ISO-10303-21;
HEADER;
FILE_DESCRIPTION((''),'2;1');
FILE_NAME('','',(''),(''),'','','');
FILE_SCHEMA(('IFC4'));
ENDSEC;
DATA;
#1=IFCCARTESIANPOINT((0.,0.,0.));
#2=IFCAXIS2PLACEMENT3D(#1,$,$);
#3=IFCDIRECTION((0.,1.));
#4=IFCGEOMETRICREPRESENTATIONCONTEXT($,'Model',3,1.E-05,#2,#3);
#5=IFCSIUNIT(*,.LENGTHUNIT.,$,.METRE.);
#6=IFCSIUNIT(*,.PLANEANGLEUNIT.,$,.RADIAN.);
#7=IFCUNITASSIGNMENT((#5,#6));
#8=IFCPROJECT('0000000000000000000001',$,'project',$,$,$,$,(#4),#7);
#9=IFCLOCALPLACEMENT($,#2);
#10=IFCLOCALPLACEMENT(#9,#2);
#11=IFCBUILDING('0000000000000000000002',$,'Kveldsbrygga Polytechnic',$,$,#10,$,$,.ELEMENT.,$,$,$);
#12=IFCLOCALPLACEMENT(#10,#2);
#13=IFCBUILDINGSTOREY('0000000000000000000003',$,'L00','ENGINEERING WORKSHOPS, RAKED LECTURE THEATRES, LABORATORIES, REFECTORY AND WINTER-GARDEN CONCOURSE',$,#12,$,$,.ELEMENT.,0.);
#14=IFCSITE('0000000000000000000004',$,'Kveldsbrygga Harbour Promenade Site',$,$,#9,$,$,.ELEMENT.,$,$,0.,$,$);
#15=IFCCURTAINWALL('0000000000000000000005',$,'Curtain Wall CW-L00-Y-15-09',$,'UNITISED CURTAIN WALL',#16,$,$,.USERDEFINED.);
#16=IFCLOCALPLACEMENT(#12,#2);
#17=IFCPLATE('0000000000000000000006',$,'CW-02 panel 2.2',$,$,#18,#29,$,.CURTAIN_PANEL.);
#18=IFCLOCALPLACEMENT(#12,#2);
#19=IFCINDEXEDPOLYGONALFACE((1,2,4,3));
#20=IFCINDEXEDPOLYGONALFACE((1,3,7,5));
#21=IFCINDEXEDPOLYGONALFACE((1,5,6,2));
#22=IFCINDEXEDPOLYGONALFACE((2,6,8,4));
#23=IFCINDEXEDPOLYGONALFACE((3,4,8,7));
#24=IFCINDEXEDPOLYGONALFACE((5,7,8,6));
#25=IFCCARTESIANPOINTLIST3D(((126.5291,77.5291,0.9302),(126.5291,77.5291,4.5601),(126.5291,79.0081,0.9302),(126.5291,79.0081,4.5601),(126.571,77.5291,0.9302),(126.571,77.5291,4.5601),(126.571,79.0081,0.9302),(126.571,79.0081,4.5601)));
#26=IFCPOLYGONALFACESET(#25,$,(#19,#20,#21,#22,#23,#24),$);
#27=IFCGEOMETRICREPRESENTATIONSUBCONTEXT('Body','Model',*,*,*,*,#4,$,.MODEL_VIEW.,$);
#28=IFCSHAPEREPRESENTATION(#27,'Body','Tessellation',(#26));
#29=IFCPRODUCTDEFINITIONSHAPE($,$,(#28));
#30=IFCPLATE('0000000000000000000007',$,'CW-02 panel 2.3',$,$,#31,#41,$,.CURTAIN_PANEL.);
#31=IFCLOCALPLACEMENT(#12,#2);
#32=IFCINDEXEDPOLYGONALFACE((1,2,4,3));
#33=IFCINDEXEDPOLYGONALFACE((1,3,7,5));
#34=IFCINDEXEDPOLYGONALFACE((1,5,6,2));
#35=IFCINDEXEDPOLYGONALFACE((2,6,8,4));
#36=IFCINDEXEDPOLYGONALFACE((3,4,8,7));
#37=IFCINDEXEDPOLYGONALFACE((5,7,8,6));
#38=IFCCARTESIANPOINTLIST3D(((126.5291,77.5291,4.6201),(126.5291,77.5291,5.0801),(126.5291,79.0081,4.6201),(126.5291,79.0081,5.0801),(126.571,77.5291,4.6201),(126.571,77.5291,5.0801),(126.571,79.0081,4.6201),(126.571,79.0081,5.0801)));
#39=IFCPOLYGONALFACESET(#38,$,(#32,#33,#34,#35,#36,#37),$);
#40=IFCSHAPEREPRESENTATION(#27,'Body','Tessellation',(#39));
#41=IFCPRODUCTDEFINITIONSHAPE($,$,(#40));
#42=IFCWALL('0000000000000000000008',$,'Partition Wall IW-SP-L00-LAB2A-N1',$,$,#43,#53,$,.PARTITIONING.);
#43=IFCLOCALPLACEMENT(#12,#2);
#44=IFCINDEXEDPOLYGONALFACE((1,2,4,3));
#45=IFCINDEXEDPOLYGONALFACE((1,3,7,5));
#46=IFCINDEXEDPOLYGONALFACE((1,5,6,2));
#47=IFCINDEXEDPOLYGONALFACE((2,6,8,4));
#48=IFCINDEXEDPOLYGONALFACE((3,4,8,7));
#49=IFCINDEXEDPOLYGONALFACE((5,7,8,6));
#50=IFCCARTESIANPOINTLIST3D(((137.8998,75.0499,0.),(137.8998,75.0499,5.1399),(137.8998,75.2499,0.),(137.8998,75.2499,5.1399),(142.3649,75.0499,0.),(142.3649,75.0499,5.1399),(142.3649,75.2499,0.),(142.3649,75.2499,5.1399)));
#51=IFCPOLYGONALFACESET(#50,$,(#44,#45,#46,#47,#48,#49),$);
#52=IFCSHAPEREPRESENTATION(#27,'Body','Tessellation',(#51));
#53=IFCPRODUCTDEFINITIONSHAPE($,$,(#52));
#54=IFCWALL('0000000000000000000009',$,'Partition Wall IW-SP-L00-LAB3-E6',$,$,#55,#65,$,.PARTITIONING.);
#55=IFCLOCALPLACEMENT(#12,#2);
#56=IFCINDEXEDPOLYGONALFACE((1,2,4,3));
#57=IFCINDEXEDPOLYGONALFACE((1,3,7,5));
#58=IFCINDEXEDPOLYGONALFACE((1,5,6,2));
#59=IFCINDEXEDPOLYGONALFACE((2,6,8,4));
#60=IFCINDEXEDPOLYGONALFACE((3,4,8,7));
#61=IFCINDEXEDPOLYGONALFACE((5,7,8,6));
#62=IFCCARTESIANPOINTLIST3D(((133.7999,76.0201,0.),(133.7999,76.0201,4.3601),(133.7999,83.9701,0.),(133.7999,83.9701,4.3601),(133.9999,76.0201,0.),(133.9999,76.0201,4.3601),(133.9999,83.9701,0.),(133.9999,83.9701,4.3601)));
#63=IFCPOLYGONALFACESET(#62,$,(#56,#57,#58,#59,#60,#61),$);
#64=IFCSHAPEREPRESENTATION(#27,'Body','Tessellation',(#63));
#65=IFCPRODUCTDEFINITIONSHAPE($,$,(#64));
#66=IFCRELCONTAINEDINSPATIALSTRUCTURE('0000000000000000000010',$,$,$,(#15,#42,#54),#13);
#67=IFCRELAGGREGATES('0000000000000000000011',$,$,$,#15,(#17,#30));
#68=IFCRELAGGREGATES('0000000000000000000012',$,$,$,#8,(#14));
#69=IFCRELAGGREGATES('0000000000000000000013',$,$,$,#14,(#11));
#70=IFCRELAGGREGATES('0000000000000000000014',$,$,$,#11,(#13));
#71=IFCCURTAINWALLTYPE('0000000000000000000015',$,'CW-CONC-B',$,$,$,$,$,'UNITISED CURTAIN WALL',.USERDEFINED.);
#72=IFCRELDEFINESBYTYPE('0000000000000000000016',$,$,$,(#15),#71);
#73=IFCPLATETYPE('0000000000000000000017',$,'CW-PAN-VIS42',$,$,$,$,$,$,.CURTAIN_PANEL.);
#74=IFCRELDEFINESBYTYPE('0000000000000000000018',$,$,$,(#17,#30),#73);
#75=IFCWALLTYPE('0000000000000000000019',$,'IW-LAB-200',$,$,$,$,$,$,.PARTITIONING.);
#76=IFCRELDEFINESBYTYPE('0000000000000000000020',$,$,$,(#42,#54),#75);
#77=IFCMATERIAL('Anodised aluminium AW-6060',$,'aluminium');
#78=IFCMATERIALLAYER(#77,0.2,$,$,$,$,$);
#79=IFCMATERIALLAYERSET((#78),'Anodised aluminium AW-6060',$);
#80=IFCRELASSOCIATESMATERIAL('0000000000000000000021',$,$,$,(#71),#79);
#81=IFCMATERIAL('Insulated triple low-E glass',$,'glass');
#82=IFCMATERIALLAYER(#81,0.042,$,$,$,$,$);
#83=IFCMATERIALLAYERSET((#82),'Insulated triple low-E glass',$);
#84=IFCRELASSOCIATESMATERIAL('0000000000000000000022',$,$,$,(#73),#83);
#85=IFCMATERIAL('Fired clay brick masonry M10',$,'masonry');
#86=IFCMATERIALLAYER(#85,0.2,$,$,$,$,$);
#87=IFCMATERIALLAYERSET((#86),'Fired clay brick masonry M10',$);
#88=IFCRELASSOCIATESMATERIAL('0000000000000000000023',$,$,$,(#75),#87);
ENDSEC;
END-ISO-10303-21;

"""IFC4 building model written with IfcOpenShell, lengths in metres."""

from ifc_helpers import new_model, si_unit, direction, frame, frame_2d, origin, origin_2d, place, context, subcontext, project, spatial, rectangle, extrude, material, layer, layer_set, type_object, element, aggregate, save


model = new_model("IFC4")

# Units and contexts
model_context = context("Model", 3, precision=1e-05, world=origin(), true_north=direction((0.0, 1.0)))
body_context = subcontext(model_context, "Body", "Model", "MODEL_VIEW")
ifc_project = project(units=[si_unit("LENGTHUNIT", "METRE"), si_unit("PLANEANGLEUNIT", "RADIAN")], contexts=[model_context])

# Site, building, storey
site_placement = place(None, origin())
site = spatial("IfcSite", under=ifc_project, at=site_placement, Name="Kveldsbrygga Harbour Promenade Site", CompositionType="ELEMENT", RefElevation=0.0)
building_placement = place(site_placement, origin())
building = spatial("IfcBuilding", under=site, at=building_placement, Name="Kveldsbrygga Polytechnic", CompositionType="ELEMENT")
storey_placement = place(building_placement, origin())
storey = spatial("IfcBuildingStorey", under=building, at=storey_placement, Name="L00", Description="ENGINEERING WORKSHOPS, RAKED LECTURE THEATRES, LABORATORIES, REFECTORY AND WINTER-GARDEN CONCOURSE", CompositionType="ELEMENT", Elevation=0.0)

# Shared definitions
ifc_material_1 = material(Name="Anodised aluminium AW-6060", Category="aluminium")

# Curtain wall
ifc_layer_1 = layer(ifc_material_1, 0.2)
ifc_layer_set_1 = layer_set([ifc_layer_1], Name="Anodised aluminium AW-6060")
curtain_wall_type_1 = type_object("IfcCurtainWallType", Name="CW-CONC-B", ElementType="UNITISED CURTAIN WALL", PredefinedType="USERDEFINED", material=ifc_layer_set_1)
curtain_wall_1_placement = place(storey_placement, origin())
curtain_wall_1 = element("IfcCurtainWall", 1, at=curtain_wall_1_placement, inside=storey, type_object=curtain_wall_type_1, Name="Curtain Wall CW-L00-Y-15-09", ObjectType="UNITISED CURTAIN WALL", PredefinedType="USERDEFINED")

# Plates
ifc_material_2 = material(Name="Insulated triple low-E glass", Category="glass")
ifc_layer_2 = layer(ifc_material_2, 0.042)
ifc_layer_set_2 = layer_set([ifc_layer_2], Name="Insulated triple low-E glass")
plate_type_1 = type_object("IfcPlateType", Name="CW-PAN-VIS42", PredefinedType="CURTAIN_PANEL", material=ifc_layer_set_2)
plate_1_placement = place(storey_placement, frame((126.55, 78.2686, 0.9302), z_axis=(0.0, 0.0, 1.0), x_axis=(0.0, 1.0, 0.0)))
plate_1 = element("IfcPlate", 2, at=plate_1_placement, type_object=plate_type_1, Name="CW-02 panel 2.2", PredefinedType="CURTAIN_PANEL", context=body_context, shape_type="SweptSolid", body=[
    extrude(rectangle(XDim=1.479, YDim=0.042, at=origin_2d()), origin(), (0.0, 0.0, 1.0), 3.6299),
])
plate_2_placement = place(storey_placement, frame((126.55, 78.2686, 4.6201), z_axis=(0.0, 0.0, 1.0), x_axis=(0.0, 1.0, 0.0)))
plate_2 = element("IfcPlate", 3, at=plate_2_placement, type_object=plate_type_1, Name="CW-02 panel 2.3", PredefinedType="CURTAIN_PANEL", context=body_context, shape_type="SweptSolid", body=[
    extrude(rectangle(XDim=1.479, YDim=0.042, at=origin_2d()), origin(), (0.0, 0.0, 1.0), 0.46),
])
aggregate(curtain_wall_1, [plate_1, plate_2])

# Walls
ifc_material_3 = material(Name="Fired clay brick masonry M10", Category="masonry")
ifc_layer_3 = layer(ifc_material_3, 0.2)
ifc_layer_set_3 = layer_set([ifc_layer_3], Name="Fired clay brick masonry M10")
wall_type = type_object("IfcWallType", Name="IW-LAB-200", PredefinedType="PARTITIONING", material=ifc_layer_set_3)
wall_1_placement = place(storey_placement, frame((137.8999, 75.1499, 0.0), z_axis=(0.0, 0.0, 1.0), x_axis=(1.0, 0.0, 0.0)))
element("IfcWall", 4, at=wall_1_placement, inside=storey, type_object=wall_type, Name="Partition Wall IW-SP-L00-LAB2A-N1", PredefinedType="PARTITIONING", context=body_context, shape_type="SweptSolid", body=[
    extrude(rectangle(XDim=4.4651, YDim=0.2, at=frame_2d((2.2324, 0.0))), origin(), (0.0, 0.0, 1.0), 5.1399),
])
wall_2_placement = place(storey_placement, frame((133.8999, 76.02, 0.0), z_axis=(0.0, 0.0, 1.0), x_axis=(0.0, 1.0, 0.0)))
element("IfcWall", 5, at=wall_2_placement, inside=storey, type_object=wall_type, Name="Partition Wall IW-SP-L00-LAB3-E6", PredefinedType="PARTITIONING", context=body_context, shape_type="SweptSolid", body=[
    extrude(rectangle(XDim=7.95, YDim=0.2, at=frame_2d((3.9751, 0.0))), origin(), (0.0, 0.0, 1.0), 4.3601),
])

save(model, "model.ifc")
